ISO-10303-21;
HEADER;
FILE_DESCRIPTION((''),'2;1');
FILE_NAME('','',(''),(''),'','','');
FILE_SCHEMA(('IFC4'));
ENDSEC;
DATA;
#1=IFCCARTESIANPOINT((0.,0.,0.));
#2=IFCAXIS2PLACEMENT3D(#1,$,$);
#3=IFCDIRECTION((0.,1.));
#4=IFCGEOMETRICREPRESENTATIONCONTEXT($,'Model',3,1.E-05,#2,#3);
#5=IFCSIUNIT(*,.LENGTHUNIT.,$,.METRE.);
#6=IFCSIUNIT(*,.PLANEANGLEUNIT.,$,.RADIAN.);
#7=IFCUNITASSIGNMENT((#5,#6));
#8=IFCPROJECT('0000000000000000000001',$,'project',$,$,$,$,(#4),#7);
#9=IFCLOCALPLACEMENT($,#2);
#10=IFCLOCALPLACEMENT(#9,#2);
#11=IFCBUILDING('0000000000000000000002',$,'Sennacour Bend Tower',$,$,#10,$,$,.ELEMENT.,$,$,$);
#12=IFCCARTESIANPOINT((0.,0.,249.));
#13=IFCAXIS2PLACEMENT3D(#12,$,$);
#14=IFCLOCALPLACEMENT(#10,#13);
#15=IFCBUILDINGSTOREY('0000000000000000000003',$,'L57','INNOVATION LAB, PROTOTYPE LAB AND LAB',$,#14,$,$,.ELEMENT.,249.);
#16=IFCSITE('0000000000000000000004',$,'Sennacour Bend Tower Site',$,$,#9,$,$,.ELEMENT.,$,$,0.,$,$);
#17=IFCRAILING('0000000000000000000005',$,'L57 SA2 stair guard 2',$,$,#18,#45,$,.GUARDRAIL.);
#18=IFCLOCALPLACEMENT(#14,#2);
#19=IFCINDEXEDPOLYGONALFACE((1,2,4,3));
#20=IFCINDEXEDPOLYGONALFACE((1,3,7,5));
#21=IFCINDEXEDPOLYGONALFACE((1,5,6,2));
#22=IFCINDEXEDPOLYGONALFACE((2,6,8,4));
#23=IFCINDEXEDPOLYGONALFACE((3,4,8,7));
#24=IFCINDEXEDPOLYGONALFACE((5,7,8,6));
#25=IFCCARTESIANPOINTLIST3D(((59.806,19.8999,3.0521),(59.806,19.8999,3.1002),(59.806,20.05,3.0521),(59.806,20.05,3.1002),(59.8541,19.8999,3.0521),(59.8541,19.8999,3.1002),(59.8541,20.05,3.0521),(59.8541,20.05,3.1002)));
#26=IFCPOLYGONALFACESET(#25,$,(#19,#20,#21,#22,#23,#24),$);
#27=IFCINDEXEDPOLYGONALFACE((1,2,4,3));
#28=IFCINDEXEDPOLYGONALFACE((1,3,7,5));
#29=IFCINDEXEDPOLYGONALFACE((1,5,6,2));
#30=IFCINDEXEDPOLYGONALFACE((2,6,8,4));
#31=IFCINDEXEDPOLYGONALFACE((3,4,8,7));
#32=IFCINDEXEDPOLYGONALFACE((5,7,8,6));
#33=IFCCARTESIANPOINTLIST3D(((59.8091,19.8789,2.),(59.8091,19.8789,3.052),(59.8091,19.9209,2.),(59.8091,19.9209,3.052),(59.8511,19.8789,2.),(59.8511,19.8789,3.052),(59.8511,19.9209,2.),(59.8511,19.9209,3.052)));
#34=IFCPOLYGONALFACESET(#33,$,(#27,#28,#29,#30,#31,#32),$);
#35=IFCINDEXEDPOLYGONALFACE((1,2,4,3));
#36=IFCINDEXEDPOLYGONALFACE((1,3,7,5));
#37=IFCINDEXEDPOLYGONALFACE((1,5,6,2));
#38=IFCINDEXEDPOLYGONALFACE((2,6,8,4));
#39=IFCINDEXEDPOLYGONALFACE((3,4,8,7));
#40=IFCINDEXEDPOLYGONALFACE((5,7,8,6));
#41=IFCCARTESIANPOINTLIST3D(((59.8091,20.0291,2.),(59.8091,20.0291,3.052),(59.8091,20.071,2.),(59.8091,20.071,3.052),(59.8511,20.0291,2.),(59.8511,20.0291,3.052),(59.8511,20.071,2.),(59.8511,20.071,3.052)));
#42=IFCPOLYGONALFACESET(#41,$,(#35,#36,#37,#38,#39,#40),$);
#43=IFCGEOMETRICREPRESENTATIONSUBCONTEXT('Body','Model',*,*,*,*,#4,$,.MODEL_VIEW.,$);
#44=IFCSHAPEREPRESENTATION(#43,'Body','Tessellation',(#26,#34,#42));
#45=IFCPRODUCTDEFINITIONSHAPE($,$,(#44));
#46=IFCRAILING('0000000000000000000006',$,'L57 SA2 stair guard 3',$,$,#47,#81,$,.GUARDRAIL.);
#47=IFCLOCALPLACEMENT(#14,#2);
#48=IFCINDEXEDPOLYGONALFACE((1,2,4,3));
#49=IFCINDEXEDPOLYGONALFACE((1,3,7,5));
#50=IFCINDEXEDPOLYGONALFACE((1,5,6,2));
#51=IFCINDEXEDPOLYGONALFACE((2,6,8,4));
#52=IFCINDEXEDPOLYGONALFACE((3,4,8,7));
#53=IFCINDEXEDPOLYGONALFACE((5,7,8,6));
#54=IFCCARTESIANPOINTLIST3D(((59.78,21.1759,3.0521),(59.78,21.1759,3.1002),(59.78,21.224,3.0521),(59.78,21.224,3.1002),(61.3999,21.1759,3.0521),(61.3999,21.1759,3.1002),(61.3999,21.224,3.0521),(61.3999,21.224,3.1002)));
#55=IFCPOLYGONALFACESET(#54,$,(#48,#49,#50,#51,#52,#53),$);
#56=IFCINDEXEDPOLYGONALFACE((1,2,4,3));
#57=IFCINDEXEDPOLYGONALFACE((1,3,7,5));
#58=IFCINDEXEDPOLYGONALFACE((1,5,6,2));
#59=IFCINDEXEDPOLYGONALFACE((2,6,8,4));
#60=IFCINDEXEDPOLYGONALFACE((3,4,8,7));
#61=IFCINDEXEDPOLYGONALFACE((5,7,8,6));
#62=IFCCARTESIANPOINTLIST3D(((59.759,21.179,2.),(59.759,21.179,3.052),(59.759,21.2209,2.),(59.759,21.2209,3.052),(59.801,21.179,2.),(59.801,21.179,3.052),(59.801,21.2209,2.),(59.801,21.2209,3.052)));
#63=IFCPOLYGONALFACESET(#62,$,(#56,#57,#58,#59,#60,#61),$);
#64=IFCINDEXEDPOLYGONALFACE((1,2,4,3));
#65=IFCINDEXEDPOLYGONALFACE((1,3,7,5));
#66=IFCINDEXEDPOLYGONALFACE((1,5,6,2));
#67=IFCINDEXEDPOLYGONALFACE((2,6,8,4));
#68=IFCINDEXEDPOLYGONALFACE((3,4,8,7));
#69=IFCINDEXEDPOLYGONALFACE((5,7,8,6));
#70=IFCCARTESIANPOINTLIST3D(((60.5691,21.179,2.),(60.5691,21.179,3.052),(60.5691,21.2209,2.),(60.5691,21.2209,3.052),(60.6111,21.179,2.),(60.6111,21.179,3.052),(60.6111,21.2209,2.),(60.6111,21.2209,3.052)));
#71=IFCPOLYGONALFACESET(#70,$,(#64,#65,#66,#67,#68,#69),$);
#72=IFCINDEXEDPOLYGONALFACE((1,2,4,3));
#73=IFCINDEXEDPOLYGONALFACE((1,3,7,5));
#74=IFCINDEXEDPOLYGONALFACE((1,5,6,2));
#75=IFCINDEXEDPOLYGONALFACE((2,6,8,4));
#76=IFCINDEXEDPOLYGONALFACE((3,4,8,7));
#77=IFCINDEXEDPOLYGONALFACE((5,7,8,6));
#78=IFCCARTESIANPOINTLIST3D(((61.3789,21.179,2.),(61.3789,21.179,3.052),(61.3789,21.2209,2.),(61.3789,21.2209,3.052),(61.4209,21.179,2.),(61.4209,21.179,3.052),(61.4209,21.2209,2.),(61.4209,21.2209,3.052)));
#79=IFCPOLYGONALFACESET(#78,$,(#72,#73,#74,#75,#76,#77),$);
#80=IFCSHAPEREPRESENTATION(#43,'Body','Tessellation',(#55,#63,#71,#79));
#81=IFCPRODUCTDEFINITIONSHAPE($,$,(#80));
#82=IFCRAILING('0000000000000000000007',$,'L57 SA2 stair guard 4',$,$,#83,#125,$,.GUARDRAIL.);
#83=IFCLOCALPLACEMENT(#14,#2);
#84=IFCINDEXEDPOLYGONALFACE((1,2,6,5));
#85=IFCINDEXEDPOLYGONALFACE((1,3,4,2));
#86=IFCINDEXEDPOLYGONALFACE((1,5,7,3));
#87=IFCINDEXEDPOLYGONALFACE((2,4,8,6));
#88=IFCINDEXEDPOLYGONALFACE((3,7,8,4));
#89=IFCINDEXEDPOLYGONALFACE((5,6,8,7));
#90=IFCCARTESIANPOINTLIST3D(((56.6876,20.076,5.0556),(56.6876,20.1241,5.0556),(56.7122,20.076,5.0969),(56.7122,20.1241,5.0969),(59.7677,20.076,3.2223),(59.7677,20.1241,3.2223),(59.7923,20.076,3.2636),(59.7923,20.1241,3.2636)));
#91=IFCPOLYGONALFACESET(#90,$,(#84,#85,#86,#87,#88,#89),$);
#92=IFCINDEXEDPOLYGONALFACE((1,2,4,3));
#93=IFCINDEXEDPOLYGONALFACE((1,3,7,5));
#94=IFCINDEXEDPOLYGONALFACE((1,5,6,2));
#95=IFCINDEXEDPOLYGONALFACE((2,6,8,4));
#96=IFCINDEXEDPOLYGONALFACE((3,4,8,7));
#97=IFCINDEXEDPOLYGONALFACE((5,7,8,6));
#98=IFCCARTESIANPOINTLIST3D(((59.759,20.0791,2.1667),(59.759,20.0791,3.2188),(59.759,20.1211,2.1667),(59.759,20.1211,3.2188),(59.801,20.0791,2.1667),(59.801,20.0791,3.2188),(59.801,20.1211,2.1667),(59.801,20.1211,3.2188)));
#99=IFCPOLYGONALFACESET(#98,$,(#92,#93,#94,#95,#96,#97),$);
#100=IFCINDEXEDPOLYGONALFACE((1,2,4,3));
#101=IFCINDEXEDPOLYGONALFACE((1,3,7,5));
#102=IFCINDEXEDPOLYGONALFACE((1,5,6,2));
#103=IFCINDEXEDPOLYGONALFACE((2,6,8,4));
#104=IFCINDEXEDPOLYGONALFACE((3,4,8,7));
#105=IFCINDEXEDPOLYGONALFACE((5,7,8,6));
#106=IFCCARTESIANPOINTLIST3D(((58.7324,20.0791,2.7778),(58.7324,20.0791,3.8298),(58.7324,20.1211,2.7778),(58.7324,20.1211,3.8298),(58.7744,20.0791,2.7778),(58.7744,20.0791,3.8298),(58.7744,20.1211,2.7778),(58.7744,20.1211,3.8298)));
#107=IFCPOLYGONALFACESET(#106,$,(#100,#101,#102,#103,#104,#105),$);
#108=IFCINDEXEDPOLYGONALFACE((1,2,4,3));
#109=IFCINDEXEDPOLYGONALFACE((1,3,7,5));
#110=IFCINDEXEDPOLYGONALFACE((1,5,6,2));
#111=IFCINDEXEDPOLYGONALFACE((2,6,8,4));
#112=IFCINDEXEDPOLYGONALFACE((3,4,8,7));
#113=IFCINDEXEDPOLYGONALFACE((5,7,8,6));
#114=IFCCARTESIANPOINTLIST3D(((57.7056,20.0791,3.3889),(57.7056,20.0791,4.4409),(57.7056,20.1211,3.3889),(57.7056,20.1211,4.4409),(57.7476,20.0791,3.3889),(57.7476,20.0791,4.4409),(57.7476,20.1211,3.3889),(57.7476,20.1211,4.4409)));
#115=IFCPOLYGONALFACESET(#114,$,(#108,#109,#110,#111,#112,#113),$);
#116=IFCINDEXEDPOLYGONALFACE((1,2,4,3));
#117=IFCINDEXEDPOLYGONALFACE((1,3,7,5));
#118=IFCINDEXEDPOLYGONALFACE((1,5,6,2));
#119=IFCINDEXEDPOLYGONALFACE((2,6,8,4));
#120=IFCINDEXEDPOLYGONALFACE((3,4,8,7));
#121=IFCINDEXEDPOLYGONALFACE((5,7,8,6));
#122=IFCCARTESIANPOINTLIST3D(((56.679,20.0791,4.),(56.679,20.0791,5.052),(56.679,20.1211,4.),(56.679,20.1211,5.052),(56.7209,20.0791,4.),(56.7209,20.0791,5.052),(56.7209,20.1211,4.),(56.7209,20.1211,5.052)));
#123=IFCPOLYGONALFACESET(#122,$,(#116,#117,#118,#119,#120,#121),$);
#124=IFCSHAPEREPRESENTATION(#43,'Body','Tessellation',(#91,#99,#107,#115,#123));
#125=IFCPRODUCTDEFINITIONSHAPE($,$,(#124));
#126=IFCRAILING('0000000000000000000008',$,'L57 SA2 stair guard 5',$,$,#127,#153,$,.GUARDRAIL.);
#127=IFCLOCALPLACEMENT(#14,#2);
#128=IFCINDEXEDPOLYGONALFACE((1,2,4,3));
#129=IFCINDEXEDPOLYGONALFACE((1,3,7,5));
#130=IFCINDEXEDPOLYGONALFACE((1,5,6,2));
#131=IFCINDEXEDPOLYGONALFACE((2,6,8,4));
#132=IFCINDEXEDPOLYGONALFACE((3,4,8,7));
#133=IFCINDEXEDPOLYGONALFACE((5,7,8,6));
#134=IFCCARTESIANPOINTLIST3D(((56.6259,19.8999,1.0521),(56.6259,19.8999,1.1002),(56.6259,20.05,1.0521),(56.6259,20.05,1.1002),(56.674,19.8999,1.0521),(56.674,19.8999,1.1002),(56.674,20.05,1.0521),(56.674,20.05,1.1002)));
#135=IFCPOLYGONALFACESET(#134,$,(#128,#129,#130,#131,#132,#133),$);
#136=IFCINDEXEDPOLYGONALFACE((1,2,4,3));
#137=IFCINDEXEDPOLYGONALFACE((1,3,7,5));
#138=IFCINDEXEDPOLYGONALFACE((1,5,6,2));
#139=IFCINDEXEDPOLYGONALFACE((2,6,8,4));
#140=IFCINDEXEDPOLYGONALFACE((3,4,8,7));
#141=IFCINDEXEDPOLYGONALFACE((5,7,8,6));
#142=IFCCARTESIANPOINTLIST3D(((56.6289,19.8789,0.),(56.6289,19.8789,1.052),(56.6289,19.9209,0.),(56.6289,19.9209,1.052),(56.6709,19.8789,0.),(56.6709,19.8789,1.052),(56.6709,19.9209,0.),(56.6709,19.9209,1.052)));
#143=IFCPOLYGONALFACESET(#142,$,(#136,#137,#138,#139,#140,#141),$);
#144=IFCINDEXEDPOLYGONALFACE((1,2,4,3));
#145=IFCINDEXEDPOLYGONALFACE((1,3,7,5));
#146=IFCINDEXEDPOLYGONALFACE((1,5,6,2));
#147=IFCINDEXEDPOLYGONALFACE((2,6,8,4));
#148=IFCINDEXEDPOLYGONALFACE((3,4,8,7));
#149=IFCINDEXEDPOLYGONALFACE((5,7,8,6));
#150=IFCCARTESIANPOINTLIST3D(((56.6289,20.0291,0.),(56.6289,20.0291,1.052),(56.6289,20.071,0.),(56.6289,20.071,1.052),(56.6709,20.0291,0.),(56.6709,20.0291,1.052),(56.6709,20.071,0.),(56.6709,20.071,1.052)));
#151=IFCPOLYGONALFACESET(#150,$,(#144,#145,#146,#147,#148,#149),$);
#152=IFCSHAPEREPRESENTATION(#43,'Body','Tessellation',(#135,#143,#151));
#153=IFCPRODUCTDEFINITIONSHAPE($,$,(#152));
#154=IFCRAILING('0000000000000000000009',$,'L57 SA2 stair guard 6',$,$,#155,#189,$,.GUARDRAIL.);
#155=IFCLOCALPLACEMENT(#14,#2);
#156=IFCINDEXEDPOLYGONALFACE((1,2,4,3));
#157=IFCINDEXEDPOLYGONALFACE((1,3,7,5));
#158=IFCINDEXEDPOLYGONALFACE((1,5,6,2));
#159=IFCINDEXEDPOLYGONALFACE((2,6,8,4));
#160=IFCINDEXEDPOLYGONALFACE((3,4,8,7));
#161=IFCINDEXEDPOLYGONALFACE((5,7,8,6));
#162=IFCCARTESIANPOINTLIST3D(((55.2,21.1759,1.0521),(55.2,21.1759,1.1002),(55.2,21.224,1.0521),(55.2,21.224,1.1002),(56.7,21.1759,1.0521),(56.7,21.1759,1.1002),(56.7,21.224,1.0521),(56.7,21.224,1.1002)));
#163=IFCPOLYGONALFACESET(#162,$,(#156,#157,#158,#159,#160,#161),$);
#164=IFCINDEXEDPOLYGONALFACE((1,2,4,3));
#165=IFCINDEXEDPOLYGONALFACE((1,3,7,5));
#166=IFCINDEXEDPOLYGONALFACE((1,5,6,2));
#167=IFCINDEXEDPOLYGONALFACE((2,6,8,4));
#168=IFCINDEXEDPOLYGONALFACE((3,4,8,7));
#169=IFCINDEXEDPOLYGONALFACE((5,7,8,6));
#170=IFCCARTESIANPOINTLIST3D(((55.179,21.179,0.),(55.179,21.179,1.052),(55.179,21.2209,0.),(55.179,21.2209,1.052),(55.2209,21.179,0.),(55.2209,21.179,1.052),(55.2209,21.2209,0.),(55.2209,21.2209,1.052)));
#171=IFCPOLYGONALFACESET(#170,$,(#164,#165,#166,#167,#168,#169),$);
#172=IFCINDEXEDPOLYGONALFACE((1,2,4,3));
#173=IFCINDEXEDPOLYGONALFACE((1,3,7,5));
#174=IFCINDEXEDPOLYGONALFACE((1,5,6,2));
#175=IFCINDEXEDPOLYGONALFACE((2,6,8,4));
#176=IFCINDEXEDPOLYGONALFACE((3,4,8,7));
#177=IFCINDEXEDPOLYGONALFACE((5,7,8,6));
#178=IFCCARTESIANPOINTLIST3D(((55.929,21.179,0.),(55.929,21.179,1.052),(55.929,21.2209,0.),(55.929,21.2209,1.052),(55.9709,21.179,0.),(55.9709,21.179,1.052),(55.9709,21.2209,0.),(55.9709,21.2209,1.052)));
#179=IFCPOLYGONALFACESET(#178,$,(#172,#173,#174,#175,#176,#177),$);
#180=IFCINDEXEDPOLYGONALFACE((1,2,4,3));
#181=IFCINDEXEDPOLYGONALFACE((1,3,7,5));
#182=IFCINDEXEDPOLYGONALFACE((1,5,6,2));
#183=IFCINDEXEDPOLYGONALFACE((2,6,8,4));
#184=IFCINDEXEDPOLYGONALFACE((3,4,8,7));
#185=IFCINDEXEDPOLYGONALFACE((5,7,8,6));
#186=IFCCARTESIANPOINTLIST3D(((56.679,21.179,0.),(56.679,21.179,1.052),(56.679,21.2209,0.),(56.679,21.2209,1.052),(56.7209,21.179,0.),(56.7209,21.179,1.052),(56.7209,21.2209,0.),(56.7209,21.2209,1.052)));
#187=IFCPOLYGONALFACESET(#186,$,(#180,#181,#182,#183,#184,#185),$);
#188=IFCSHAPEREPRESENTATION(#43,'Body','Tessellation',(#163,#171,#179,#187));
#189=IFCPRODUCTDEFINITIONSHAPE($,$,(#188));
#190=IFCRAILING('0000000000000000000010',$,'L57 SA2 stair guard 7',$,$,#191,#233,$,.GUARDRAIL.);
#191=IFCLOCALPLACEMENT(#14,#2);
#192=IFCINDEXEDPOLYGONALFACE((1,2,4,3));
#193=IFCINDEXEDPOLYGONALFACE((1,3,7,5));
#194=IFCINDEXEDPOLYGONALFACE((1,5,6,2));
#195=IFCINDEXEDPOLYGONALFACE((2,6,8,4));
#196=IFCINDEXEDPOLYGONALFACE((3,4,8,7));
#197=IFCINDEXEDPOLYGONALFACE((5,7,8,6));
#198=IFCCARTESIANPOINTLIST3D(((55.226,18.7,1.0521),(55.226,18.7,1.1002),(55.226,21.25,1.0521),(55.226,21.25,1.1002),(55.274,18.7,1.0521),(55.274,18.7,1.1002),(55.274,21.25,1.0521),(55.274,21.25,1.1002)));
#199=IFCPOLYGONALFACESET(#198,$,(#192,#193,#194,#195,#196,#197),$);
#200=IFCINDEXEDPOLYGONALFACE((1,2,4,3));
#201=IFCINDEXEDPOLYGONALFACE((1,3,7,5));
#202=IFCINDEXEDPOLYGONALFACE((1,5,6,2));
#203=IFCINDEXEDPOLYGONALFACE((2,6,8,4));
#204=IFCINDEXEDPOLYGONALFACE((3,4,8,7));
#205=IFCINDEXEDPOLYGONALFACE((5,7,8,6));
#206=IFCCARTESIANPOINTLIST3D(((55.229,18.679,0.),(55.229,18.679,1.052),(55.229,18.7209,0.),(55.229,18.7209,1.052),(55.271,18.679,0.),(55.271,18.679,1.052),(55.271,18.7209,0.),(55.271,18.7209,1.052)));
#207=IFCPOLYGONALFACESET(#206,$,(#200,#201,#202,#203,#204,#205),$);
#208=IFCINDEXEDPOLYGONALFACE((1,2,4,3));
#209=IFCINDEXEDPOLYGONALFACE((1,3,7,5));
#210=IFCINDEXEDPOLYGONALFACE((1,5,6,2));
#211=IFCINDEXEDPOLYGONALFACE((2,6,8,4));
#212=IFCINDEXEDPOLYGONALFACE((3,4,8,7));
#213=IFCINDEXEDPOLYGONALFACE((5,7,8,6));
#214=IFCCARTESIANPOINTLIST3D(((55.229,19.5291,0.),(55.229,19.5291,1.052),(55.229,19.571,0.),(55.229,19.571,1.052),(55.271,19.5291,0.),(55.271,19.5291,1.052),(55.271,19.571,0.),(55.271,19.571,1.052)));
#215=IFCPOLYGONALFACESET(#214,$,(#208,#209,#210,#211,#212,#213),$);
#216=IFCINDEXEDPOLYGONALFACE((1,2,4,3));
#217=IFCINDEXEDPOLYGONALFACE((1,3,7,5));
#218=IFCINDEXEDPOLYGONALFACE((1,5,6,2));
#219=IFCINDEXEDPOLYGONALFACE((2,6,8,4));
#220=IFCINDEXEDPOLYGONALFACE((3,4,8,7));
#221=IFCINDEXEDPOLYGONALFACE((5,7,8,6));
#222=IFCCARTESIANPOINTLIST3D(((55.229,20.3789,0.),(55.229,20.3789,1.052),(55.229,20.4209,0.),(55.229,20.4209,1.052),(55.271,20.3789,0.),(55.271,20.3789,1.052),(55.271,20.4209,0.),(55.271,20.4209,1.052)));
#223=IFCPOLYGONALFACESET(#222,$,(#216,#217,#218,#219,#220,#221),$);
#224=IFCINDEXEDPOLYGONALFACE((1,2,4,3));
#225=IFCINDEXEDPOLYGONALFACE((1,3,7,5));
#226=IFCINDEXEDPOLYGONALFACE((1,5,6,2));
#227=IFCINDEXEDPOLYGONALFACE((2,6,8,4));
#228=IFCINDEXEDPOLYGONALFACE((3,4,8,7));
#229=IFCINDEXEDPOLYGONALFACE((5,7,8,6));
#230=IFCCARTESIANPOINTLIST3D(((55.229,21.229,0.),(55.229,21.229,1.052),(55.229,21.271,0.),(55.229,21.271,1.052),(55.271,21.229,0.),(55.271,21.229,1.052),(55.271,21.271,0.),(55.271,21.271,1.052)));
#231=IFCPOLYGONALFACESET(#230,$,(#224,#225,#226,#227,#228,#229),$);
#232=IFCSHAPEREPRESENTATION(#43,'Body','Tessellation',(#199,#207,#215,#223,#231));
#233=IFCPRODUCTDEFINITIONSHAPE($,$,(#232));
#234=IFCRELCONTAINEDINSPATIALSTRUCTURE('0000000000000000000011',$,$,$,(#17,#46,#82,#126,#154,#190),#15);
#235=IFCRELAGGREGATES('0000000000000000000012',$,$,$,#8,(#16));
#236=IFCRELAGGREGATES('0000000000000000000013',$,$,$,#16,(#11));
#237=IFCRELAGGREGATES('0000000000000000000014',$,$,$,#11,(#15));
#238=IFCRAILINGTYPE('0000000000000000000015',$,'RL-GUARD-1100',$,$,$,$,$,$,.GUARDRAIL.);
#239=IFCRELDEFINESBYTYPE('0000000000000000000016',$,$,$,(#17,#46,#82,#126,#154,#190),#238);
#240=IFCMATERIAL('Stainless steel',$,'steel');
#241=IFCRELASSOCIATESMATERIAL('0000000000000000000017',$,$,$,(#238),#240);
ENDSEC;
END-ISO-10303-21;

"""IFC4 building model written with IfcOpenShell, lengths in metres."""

from ifc_helpers import new_model, si_unit, direction, frame, origin, origin_2d, place, context, subcontext, project, spatial, rectangle, extrude, material, type_object, element, save


model = new_model("IFC4")

# Units and contexts
model_context = context("Model", 3, precision=1e-05, world=origin(), true_north=direction((0.0, 1.0)))
body_context = subcontext(model_context, "Body", "Model", "MODEL_VIEW")
ifc_project = project(units=[si_unit("LENGTHUNIT", "METRE"), si_unit("PLANEANGLEUNIT", "RADIAN")], contexts=[model_context])

# Site, building, storey
site_placement = place(None, origin())
site = spatial("IfcSite", under=ifc_project, at=site_placement, Name="Sennacour Bend Tower Site", CompositionType="ELEMENT", RefElevation=0.0)
building_placement = place(site_placement, origin())
building = spatial("IfcBuilding", under=site, at=building_placement, Name="Sennacour Bend Tower", CompositionType="ELEMENT")
storey_placement = place(building_placement, frame((0.0, 0.0, 249.0)))
storey = spatial("IfcBuildingStorey", under=building, at=storey_placement, Name="L57", Description="INNOVATION LAB, PROTOTYPE LAB AND LAB", CompositionType="ELEMENT", Elevation=249.0)

# Railings
ifc_material_1 = material(Name="Stainless steel", Category="steel")
railing_type_1 = type_object("IfcRailingType", Name="RL-GUARD-1100", PredefinedType="GUARDRAIL", material=ifc_material_1)
railing_1_placement = place(storey_placement, frame((59.8301, 19.8999, 2.0)))
element("IfcRailing", 1, at=railing_1_placement, inside=storey, type_object=railing_type_1, Name="L57 SA2 stair guard 2", PredefinedType="GUARDRAIL", context=body_context, shape_type="SweptSolid", body=[
    extrude(rectangle(XDim=0.0481, YDim=0.0481, at=origin_2d()), frame((0.0, 0.0, 1.0762), z_axis=(0.0, 1.0, 0.0), x_axis=(-1.0, 0.0, 0.0)), (0.0, 0.0, 1.0), 0.1501),
    extrude(rectangle(XDim=0.042, YDim=0.042, at=origin_2d()), origin(), (0.0, 0.0, 1.0), 1.052),
    extrude(rectangle(XDim=0.042, YDim=0.042, at=origin_2d()), frame((0.0, 0.1501, 0.0)), (0.0, 0.0, 1.0), 1.052),
])
railing_2_placement = place(storey_placement, frame((59.78, 21.2, 2.0)))
element("IfcRailing", 2, at=railing_2_placement, inside=storey, type_object=railing_type_1, Name="L57 SA2 stair guard 3", PredefinedType="GUARDRAIL", context=body_context, shape_type="SweptSolid", body=[
    extrude(rectangle(XDim=0.0481, YDim=0.0481, at=origin_2d()), frame((0.0, 0.0, 1.0762), z_axis=(1.0, 0.0, 0.0), x_axis=(0.0, 1.0, 0.0)), (0.0, 0.0, 1.0), 1.6199),
    extrude(rectangle(XDim=0.042, YDim=0.042, at=origin_2d()), origin(), (0.0, 0.0, 1.0), 1.052),
    extrude(rectangle(XDim=0.042, YDim=0.042, at=origin_2d()), frame((0.8101, 0.0, 0.0)), (0.0, 0.0, 1.0), 1.052),
    extrude(rectangle(XDim=0.042, YDim=0.042, at=origin_2d()), frame((1.6199, 0.0, 0.0)), (0.0, 0.0, 1.0), 1.052),
])
railing_3_placement = place(storey_placement, frame((59.78, 20.1001, 2.1667)))
element("IfcRailing", 3, at=railing_3_placement, inside=storey, type_object=railing_type_1, Name="L57 SA2 stair guard 4", PredefinedType="GUARDRAIL", context=body_context, shape_type="SweptSolid", body=[
    extrude(rectangle(XDim=0.0481, YDim=0.0481, at=origin_2d()), frame((0.0, 0.0, 1.0762), z_axis=(-0.859309, 0.0, 0.511458), x_axis=(0.0, -1.0, 0.0)), (0.0, 0.0, 1.0), 3.5845),
    extrude(rectangle(XDim=0.042, YDim=0.042, at=origin_2d()), origin(), (0.0, 0.0, 1.0), 1.052),
    extrude(rectangle(XDim=0.042, YDim=0.042, at=origin_2d()), frame((-1.0266, 0.0, 0.6111)), (0.0, 0.0, 1.0), 1.052),
    extrude(rectangle(XDim=0.042, YDim=0.042, at=origin_2d()), frame((-2.0535, 0.0, 1.2222)), (0.0, 0.0, 1.0), 1.052),
    extrude(rectangle(XDim=0.042, YDim=0.042, at=origin_2d()), frame((-3.0801, 0.0, 1.8333)), (0.0, 0.0, 1.0), 1.052),
])
railing_4_placement = place(storey_placement, frame((56.6499, 19.8999, 0.0)))
element("IfcRailing", 4, at=railing_4_placement, inside=storey, type_object=railing_type_1, Name="L57 SA2 stair guard 5", PredefinedType="GUARDRAIL", context=body_context, shape_type="SweptSolid", body=[
    extrude(rectangle(XDim=0.0481, YDim=0.0481, at=origin_2d()), frame((0.0, 0.0, 1.0762), z_axis=(0.0, 1.0, 0.0), x_axis=(-1.0, 0.0, 0.0)), (0.0, 0.0, 1.0), 0.1501),
    extrude(rectangle(XDim=0.042, YDim=0.042, at=origin_2d()), origin(), (0.0, 0.0, 1.0), 1.052),
    extrude(rectangle(XDim=0.042, YDim=0.042, at=origin_2d()), frame((0.0, 0.1501, 0.0)), (0.0, 0.0, 1.0), 1.052),
])
railing_5_placement = place(storey_placement, frame((55.2, 21.2, 0.0)))
element("IfcRailing", 5, at=railing_5_placement, inside=storey, type_object=railing_type_1, Name="L57 SA2 stair guard 6", PredefinedType="GUARDRAIL", context=body_context, shape_type="SweptSolid", body=[
    extrude(rectangle(XDim=0.0481, YDim=0.0481, at=origin_2d()), frame((0.0, 0.0, 1.0762), z_axis=(1.0, 0.0, 0.0), x_axis=(0.0, 1.0, 0.0)), (0.0, 0.0, 1.0), 1.5),
    extrude(rectangle(XDim=0.042, YDim=0.042, at=origin_2d()), origin(), (0.0, 0.0, 1.0), 1.052),
    extrude(rectangle(XDim=0.042, YDim=0.042, at=origin_2d()), frame((0.75, 0.0, 0.0)), (0.0, 0.0, 1.0), 1.052),
    extrude(rectangle(XDim=0.042, YDim=0.042, at=origin_2d()), frame((1.5, 0.0, 0.0)), (0.0, 0.0, 1.0), 1.052),
])
railing_6_placement = place(storey_placement, frame((55.25, 18.7, 0.0)))
element("IfcRailing", 6, at=railing_6_placement, inside=storey, type_object=railing_type_1, Name="L57 SA2 stair guard 7", PredefinedType="GUARDRAIL", context=body_context, shape_type="SweptSolid", body=[
    extrude(rectangle(XDim=0.0481, YDim=0.0481, at=origin_2d()), frame((0.0, 0.0, 1.0762), z_axis=(0.0, 1.0, 0.0), x_axis=(-1.0, 0.0, 0.0)), (0.0, 0.0, 1.0), 2.55),
    extrude(rectangle(XDim=0.042, YDim=0.042, at=origin_2d()), origin(), (0.0, 0.0, 1.0), 1.052),
    extrude(rectangle(XDim=0.042, YDim=0.042, at=origin_2d()), frame((0.0, 0.8501, 0.0)), (0.0, 0.0, 1.0), 1.052),
    extrude(rectangle(XDim=0.042, YDim=0.042, at=origin_2d()), frame((0.0, 1.7, 0.0)), (0.0, 0.0, 1.0), 1.052),
    extrude(rectangle(XDim=0.042, YDim=0.042, at=origin_2d()), frame((0.0, 2.55, 0.0)), (0.0, 0.0, 1.0), 1.052),
])

save(model, "model.ifc")
